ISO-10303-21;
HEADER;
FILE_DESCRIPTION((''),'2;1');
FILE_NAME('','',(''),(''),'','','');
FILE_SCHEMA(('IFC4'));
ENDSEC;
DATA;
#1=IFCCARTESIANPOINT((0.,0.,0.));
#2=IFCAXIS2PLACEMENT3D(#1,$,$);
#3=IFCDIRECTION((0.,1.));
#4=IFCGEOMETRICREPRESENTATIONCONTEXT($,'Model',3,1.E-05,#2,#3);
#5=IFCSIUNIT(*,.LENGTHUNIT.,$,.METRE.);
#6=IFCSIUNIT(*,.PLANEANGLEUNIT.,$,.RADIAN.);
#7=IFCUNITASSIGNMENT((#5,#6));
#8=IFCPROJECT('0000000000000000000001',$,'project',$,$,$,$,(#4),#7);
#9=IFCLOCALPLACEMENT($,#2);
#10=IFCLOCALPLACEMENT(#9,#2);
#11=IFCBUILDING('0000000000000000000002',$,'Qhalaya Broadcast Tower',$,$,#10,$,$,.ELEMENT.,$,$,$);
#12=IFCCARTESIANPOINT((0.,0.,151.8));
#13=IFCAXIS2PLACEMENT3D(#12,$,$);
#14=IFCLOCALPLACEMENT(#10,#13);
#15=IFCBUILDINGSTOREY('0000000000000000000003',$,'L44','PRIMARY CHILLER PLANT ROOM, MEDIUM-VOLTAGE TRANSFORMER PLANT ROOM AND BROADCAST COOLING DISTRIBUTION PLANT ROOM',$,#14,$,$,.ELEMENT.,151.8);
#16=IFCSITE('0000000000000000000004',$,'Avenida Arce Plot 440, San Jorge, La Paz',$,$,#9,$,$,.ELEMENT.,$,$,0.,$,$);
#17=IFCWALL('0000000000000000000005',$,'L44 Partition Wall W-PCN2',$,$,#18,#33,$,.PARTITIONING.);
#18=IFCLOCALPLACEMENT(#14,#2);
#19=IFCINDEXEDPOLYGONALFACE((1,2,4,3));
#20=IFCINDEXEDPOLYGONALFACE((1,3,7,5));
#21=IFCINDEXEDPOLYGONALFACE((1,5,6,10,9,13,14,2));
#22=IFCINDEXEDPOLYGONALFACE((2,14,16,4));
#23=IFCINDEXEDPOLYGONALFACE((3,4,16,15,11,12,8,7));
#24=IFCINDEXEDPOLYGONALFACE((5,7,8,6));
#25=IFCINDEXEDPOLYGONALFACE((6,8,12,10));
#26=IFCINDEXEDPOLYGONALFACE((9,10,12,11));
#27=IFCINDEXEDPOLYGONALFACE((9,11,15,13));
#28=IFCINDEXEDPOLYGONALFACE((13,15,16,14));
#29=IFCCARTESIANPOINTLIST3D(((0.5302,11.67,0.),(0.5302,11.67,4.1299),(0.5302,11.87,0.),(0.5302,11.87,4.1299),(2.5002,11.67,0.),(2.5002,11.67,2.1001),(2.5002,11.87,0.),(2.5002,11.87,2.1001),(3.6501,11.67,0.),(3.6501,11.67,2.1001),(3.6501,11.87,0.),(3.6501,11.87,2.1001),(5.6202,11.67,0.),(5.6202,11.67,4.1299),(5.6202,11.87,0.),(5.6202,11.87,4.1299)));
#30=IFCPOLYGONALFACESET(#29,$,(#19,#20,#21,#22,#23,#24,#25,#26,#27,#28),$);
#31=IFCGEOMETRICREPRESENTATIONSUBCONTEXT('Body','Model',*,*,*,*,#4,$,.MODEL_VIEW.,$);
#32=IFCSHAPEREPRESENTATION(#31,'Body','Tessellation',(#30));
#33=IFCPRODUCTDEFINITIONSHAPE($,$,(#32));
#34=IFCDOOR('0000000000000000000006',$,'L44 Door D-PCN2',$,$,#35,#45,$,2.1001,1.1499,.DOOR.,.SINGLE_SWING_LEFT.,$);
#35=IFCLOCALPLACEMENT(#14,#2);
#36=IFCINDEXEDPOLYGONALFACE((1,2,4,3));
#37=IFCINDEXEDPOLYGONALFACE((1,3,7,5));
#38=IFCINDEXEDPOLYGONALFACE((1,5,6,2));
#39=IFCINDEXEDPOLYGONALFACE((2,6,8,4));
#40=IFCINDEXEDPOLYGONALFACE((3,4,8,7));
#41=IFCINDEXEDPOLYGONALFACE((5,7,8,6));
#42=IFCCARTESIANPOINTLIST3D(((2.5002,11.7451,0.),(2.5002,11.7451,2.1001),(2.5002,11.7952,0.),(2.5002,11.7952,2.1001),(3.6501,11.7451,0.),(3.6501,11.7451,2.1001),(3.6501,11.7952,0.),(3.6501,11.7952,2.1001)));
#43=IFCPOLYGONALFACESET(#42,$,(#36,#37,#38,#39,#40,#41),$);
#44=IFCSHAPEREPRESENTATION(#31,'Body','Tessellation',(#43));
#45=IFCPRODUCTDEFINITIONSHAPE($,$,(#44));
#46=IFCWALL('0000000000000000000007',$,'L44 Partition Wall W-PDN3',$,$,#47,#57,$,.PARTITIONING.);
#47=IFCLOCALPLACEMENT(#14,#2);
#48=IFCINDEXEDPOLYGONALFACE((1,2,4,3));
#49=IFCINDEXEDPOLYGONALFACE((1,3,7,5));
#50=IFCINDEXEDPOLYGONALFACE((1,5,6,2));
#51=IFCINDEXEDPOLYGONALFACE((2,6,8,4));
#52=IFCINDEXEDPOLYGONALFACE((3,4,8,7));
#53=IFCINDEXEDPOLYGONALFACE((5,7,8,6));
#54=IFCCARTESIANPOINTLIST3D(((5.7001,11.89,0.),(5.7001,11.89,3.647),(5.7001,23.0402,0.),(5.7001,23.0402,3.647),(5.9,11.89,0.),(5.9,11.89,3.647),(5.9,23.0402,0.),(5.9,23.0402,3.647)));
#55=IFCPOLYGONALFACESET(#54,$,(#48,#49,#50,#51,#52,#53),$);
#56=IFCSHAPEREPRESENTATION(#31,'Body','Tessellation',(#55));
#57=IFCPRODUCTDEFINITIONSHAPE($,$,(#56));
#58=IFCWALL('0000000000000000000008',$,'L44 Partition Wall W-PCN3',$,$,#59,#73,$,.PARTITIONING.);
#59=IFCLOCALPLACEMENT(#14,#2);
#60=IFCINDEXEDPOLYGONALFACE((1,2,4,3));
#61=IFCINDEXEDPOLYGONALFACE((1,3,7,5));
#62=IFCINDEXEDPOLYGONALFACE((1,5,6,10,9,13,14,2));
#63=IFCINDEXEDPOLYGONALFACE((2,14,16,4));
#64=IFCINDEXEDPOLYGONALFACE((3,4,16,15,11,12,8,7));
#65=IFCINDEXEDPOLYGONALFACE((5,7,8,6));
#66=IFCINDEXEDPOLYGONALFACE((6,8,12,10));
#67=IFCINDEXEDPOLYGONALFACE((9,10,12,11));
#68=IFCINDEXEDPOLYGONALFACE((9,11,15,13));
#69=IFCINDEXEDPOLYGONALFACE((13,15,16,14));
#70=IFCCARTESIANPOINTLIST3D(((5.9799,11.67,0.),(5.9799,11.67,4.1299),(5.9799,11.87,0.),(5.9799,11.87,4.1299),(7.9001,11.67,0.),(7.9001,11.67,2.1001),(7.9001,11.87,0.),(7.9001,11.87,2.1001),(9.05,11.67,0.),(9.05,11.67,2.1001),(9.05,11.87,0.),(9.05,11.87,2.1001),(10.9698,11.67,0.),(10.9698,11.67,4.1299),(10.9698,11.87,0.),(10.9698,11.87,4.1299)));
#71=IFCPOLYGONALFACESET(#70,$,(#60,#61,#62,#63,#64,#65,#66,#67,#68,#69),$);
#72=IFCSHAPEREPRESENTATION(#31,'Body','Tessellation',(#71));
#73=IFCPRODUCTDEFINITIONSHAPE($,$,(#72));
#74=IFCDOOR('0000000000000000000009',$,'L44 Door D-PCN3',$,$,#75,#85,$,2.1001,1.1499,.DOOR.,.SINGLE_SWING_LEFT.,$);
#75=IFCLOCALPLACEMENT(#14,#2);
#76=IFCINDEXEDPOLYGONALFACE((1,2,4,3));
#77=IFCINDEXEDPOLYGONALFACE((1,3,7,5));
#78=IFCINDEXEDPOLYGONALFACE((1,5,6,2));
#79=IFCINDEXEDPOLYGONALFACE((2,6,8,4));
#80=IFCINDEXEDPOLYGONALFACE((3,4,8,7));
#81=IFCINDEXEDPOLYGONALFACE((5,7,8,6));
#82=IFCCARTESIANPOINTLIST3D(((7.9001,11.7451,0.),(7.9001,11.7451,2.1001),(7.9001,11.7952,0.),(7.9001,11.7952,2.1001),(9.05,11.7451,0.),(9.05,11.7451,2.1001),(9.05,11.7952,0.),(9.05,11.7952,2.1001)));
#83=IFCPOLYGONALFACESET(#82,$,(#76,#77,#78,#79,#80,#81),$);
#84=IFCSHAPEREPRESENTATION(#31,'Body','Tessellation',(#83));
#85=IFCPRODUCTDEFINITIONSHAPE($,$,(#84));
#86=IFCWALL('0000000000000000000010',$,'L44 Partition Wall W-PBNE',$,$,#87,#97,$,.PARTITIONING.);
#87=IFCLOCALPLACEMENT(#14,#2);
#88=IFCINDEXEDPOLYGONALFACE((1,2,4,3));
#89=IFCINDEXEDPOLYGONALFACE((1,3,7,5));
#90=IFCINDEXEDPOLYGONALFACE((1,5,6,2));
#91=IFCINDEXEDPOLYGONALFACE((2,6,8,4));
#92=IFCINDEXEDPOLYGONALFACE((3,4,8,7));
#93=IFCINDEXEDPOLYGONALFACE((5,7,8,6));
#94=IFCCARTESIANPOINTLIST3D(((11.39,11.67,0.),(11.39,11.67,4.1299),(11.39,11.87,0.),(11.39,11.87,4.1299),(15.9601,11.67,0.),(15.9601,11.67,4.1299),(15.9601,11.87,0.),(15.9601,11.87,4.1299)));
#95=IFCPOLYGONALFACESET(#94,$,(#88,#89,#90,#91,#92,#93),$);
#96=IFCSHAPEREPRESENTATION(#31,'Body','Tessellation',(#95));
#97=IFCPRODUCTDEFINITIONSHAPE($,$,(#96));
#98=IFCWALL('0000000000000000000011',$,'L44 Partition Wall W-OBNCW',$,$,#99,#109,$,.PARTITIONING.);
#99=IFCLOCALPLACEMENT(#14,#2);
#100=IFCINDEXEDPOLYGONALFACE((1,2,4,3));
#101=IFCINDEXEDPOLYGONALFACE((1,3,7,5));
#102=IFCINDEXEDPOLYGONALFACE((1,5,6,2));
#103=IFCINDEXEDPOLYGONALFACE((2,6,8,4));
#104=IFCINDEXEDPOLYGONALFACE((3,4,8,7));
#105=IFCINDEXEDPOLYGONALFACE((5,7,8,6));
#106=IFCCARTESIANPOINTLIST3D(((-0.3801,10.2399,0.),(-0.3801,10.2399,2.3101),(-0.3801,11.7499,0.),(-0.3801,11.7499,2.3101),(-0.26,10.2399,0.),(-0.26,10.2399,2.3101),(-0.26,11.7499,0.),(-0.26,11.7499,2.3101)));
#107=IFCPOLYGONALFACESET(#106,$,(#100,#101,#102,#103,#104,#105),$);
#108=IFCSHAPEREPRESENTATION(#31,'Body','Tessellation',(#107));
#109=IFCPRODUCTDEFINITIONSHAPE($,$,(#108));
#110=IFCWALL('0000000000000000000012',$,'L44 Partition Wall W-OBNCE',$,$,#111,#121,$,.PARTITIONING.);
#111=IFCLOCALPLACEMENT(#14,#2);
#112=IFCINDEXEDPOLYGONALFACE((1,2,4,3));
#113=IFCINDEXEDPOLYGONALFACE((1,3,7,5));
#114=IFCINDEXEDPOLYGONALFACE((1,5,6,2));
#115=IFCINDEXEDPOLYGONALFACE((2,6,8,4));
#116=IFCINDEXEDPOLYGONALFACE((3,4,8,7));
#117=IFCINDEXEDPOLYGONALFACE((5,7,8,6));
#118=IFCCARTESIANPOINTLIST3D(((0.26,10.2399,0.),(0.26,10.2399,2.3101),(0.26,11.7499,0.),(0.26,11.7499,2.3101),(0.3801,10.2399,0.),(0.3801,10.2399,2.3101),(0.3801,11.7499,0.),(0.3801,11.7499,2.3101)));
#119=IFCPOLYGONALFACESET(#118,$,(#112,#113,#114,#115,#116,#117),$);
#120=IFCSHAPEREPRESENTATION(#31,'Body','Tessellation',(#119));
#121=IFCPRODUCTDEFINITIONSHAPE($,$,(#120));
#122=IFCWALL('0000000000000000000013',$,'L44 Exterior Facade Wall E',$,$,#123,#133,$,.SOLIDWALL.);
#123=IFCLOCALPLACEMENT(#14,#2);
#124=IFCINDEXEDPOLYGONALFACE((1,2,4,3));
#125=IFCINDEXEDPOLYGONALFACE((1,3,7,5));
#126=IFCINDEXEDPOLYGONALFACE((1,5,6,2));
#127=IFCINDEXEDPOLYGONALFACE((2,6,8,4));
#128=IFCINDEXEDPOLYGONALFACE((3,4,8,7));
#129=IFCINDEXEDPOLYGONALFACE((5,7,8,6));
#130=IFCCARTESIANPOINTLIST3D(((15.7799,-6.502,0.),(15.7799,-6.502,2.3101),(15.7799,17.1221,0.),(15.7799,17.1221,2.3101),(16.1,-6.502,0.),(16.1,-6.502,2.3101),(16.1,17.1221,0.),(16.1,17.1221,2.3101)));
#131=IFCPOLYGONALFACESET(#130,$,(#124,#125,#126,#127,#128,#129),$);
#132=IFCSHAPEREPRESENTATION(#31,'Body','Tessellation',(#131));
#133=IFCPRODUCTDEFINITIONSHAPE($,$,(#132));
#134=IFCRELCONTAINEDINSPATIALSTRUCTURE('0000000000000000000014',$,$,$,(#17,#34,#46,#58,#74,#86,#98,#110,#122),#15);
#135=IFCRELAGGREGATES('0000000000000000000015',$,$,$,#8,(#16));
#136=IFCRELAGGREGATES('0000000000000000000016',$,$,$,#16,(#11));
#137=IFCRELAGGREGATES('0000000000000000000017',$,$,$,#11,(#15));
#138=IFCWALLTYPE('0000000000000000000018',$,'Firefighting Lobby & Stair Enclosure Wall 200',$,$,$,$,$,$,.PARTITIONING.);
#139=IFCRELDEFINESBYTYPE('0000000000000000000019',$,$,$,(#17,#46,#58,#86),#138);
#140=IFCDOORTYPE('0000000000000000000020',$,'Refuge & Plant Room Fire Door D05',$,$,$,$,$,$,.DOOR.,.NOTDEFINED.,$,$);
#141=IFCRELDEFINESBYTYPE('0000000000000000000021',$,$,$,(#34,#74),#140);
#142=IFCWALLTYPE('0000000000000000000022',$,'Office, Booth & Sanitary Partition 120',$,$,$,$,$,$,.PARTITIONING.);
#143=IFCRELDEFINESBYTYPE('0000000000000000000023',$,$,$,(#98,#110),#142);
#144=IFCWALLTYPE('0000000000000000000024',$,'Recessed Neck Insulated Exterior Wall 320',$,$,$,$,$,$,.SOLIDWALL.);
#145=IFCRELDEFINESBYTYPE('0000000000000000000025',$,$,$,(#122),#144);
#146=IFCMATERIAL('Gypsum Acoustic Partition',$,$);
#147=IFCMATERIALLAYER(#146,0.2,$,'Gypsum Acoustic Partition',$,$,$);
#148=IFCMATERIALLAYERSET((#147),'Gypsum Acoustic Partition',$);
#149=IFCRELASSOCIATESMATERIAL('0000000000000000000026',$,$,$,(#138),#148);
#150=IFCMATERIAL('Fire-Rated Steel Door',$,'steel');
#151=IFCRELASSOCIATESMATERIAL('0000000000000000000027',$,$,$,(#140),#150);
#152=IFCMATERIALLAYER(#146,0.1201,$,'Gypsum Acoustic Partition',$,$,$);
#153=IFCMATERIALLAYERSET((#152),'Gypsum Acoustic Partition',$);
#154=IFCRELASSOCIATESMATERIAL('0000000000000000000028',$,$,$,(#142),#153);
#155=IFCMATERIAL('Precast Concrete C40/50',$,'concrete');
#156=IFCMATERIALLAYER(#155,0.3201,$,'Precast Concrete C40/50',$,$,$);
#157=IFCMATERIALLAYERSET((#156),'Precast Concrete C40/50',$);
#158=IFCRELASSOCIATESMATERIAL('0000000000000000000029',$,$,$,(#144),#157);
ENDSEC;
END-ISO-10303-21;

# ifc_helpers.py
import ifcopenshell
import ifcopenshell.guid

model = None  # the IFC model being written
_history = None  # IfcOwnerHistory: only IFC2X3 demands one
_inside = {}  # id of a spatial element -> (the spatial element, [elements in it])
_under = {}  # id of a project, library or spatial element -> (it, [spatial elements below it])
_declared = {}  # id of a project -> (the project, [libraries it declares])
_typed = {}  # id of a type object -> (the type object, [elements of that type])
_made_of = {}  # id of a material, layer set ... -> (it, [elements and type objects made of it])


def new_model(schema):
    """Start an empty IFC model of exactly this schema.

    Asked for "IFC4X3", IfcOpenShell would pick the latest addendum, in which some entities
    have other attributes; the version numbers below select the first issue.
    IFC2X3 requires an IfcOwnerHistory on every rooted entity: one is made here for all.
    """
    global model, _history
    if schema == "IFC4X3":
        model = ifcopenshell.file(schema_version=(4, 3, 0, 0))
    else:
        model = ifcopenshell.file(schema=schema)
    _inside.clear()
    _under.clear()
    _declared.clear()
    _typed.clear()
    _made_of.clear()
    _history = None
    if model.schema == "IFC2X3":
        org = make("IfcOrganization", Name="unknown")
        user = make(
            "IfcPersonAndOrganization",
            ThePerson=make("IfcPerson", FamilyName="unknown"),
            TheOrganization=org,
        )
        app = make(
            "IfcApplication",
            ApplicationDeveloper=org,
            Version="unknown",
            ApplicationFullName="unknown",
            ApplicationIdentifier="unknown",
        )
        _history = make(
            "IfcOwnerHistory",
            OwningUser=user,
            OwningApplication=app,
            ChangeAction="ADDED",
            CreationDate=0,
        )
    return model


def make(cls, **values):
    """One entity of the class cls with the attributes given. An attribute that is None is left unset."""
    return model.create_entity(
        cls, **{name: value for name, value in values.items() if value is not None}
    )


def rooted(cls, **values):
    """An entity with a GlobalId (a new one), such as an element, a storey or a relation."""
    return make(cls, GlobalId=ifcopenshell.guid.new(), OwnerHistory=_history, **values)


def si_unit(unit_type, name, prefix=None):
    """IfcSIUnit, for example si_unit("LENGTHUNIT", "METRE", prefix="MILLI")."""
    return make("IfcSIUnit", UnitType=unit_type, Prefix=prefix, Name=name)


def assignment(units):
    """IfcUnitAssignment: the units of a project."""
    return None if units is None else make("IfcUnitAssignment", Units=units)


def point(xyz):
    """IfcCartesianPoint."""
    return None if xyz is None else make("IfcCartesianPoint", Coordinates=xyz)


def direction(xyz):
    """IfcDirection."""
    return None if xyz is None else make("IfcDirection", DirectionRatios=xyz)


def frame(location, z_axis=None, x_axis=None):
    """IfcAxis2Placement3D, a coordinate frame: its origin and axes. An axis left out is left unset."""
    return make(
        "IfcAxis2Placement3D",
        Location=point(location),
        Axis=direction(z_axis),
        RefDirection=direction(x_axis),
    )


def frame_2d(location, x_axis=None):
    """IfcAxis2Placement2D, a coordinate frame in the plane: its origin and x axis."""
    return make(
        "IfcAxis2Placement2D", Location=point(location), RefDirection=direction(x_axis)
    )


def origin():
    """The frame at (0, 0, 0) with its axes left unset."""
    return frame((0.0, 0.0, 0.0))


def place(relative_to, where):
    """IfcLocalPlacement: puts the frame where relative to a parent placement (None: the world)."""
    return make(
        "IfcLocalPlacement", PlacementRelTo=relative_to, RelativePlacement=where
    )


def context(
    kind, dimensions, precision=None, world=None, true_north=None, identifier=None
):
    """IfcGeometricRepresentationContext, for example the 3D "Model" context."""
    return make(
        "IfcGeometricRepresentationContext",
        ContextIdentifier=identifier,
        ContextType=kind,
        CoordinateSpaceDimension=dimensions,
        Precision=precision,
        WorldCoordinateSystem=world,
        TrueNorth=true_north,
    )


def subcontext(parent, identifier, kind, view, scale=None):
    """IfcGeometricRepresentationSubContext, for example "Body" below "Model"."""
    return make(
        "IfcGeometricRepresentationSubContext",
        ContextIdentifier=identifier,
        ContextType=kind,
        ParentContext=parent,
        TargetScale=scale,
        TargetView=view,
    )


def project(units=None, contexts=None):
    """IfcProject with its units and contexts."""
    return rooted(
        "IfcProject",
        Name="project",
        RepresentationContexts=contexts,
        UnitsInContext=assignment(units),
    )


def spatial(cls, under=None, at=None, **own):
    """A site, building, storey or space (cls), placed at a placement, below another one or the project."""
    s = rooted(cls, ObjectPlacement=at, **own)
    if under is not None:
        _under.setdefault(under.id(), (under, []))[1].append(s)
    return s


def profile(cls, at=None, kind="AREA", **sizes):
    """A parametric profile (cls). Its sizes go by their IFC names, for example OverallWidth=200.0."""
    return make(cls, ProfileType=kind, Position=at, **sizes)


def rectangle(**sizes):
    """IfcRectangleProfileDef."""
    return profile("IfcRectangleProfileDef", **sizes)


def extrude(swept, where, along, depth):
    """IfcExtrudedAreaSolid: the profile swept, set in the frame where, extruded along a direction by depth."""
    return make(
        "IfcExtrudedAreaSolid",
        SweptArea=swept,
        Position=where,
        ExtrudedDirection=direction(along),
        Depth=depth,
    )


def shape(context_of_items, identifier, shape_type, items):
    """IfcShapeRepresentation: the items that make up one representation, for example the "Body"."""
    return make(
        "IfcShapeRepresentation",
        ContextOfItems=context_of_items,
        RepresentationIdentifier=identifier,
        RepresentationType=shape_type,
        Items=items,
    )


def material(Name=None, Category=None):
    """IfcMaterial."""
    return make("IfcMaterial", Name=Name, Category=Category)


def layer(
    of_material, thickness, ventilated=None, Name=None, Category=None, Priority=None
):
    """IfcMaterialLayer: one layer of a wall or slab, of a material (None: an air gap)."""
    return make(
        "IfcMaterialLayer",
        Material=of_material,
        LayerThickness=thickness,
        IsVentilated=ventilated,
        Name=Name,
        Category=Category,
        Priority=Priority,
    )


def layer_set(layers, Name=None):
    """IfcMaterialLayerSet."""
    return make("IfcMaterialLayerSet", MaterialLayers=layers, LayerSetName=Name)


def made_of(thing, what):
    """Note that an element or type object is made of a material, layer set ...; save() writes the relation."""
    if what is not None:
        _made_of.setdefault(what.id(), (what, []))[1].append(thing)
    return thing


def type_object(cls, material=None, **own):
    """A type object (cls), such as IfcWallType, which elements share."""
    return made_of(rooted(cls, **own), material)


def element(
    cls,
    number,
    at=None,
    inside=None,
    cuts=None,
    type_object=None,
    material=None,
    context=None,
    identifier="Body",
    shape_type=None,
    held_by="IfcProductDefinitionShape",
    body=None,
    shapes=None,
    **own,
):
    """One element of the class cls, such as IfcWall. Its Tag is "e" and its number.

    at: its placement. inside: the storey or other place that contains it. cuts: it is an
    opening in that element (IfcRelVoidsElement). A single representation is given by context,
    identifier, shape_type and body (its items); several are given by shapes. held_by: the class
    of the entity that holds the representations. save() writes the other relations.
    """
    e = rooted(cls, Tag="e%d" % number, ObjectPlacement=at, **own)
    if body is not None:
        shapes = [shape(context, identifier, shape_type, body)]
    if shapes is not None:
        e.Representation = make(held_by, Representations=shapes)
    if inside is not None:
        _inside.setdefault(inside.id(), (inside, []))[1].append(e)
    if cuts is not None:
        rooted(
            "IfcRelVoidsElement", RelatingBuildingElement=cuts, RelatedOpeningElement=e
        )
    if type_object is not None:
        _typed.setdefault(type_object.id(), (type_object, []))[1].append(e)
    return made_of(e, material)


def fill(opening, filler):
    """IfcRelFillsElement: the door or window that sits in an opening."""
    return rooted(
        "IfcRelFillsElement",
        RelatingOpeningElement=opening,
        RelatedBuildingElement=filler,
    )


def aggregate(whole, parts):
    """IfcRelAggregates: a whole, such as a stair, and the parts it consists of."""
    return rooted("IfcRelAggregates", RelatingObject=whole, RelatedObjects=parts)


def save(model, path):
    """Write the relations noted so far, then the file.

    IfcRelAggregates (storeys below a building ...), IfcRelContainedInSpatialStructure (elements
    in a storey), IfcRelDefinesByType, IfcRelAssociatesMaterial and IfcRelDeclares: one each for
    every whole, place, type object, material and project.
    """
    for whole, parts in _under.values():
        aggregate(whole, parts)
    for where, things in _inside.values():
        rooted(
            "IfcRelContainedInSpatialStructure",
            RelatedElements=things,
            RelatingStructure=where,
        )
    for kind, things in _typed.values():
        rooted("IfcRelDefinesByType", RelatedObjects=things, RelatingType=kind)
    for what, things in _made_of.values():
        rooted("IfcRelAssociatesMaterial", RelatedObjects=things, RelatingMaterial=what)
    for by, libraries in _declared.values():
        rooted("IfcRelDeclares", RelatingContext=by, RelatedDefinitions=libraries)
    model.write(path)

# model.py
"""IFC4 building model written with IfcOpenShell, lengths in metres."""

from ifc_helpers import new_model, si_unit, direction, frame, frame_2d, origin, place, context, subcontext, project, spatial, rectangle, extrude, material, layer, layer_set, type_object, element, fill, save


model = new_model("IFC4")

# Units and contexts
model_context = context("Model", 3, precision=1e-05, world=origin(), true_north=direction((0.0, 1.0)))
body_context = subcontext(model_context, "Body", "Model", "MODEL_VIEW")
ifc_project = project(units=[si_unit("LENGTHUNIT", "METRE"), si_unit("PLANEANGLEUNIT", "RADIAN")], contexts=[model_context])

# Site, building, storey
site_placement = place(None, origin())
site = spatial("IfcSite", under=ifc_project, at=site_placement, Name="Avenida Arce Plot 440, San Jorge, La Paz", CompositionType="ELEMENT", RefElevation=0.0)
building_placement = place(site_placement, origin())
building = spatial("IfcBuilding", under=site, at=building_placement, Name="Qhalaya Broadcast Tower", CompositionType="ELEMENT")
storey_placement = place(building_placement, frame((0.0, 0.0, 151.8)))
storey = spatial("IfcBuildingStorey", under=building, at=storey_placement, Name="L44", Description="PRIMARY CHILLER PLANT ROOM, MEDIUM-VOLTAGE TRANSFORMER PLANT ROOM AND BROADCAST COOLING DISTRIBUTION PLANT ROOM", CompositionType="ELEMENT", Elevation=151.8)

# Shared definitions
ifc_material_1 = material(Name="Gypsum Acoustic Partition")
ifc_layer_1 = layer(ifc_material_1, 0.2, Name="Gypsum Acoustic Partition")
ifc_layer_set_1 = layer_set([ifc_layer_1], Name="Gypsum Acoustic Partition")
wall_type_1 = type_object("IfcWallType", Name="Firefighting Lobby & Stair Enclosure Wall 200", PredefinedType="PARTITIONING", material=ifc_layer_set_1)

# Wall, opening, door
wall_1_placement = place(storey_placement, frame((5.6201, 11.77, 0.0), z_axis=(0.0, 0.0, 1.0), x_axis=(-1.0, 0.0, 0.0)))
wall_1 = element("IfcWall", 1, at=wall_1_placement, inside=storey, type_object=wall_type_1, Name="L44 Partition Wall W-PCN2", PredefinedType="PARTITIONING", context=body_context, shape_type="SweptSolid", body=[
    extrude(rectangle(XDim=5.0901, YDim=0.2, at=frame_2d((2.5449, 0.0))), origin(), (0.0, 0.0, 1.0), 4.1299),
])
opening_1_placement = place(wall_1_placement, frame((1.97, 0.0, 0.0)))
opening_1 = element("IfcOpeningElement", 2, at=opening_1_placement, cuts=wall_1, PredefinedType="OPENING", context=body_context, shape_type="SweptSolid", body=[
    extrude(rectangle(XDim=1.1499, YDim=2.1001, at=frame_2d((0.575, 1.05))), frame((0.0, 0.1121, 0.0), z_axis=(0.0, -1.0, 0.0), x_axis=(1.0, 0.0, 0.0)), (0.0, 0.0, 1.0), 0.2239),
])
ifc_material_2 = material(Name="Fire-Rated Steel Door", Category="steel")
door_type = type_object("IfcDoorType", Name="Refuge & Plant Room Fire Door D05", OperationType="NOTDEFINED", PredefinedType="DOOR", material=ifc_material_2)
door_1_placement = place(opening_1_placement, origin())
door_1 = element("IfcDoor", 3, at=door_1_placement, inside=storey, type_object=door_type, Name="L44 Door D-PCN2", OperationType="SINGLE_SWING_LEFT", OverallHeight=2.1001, OverallWidth=1.1499, PredefinedType="DOOR", context=body_context, shape_type="SweptSolid", body=[
    extrude(rectangle(XDim=1.1499, YDim=2.1001, at=frame_2d((0.575, 1.05))), frame((0.0, 0.0249, 0.0), z_axis=(0.0, -1.0, 0.0), x_axis=(1.0, 0.0, 0.0)), (0.0, 0.0, 1.0), 0.05),
])
fill(opening_1, door_1)

# Wall
wall_2_placement = place(storey_placement, frame((5.8, 11.8899, 0.0), z_axis=(0.0, 0.0, 1.0), x_axis=(0.0, 1.0, 0.0)))
element("IfcWall", 4, at=wall_2_placement, inside=storey, type_object=wall_type_1, Name="L44 Partition Wall W-PDN3", PredefinedType="PARTITIONING", context=body_context, shape_type="SweptSolid", body=[
    extrude(rectangle(XDim=11.1501, YDim=0.2, at=frame_2d((5.5752, 0.0))), origin(), (0.0, 0.0, 1.0), 3.647),
])

# Wall, opening, door
wall_3_placement = place(storey_placement, frame((10.97, 11.77, 0.0), z_axis=(0.0, 0.0, 1.0), x_axis=(-1.0, 0.0, 0.0)))
wall_3 = element("IfcWall", 5, at=wall_3_placement, inside=storey, type_object=wall_type_1, Name="L44 Partition Wall W-PCN3", PredefinedType="PARTITIONING", context=body_context, shape_type="SweptSolid", body=[
    extrude(rectangle(XDim=4.99, YDim=0.2, at=frame_2d((2.4951, 0.0))), origin(), (0.0, 0.0, 1.0), 4.1299),
])
opening_2_placement = place(wall_3_placement, frame((1.9199, 0.0, 0.0)))
opening_2 = element("IfcOpeningElement", 6, at=opening_2_placement, cuts=wall_3, PredefinedType="OPENING", context=body_context, shape_type="SweptSolid", body=[
    extrude(rectangle(XDim=1.1499, YDim=2.1001, at=frame_2d((0.575, 1.05))), frame((0.0, 0.1121, 0.0), z_axis=(0.0, -1.0, 0.0), x_axis=(1.0, 0.0, 0.0)), (0.0, 0.0, 1.0), 0.2239),
])
door_2_placement = place(opening_2_placement, origin())
door_2 = element("IfcDoor", 7, at=door_2_placement, inside=storey, type_object=door_type, Name="L44 Door D-PCN3", OperationType="SINGLE_SWING_LEFT", OverallHeight=2.1001, OverallWidth=1.1499, PredefinedType="DOOR", context=body_context, shape_type="SweptSolid", body=[
    extrude(rectangle(XDim=1.1499, YDim=2.1001, at=frame_2d((0.575, 1.05))), frame((0.0, 0.0249, 0.0), z_axis=(0.0, -1.0, 0.0), x_axis=(1.0, 0.0, 0.0)), (0.0, 0.0, 1.0), 0.05),
])
fill(opening_2, door_2)

# Walls
wall_4_placement = place(storey_placement, frame((11.3899, 11.77, 0.0), z_axis=(0.0, 0.0, 1.0), x_axis=(1.0, 0.0, 0.0)))
element("IfcWall", 8, at=wall_4_placement, inside=storey, type_object=wall_type_1, Name="L44 Partition Wall W-PBNE", PredefinedType="PARTITIONING", context=body_context, shape_type="SweptSolid", body=[
    extrude(rectangle(XDim=4.5701, YDim=0.2, at=frame_2d((2.2852, 0.0))), origin(), (0.0, 0.0, 1.0), 4.1299),
])
ifc_layer_2 = layer(ifc_material_1, 0.1201, Name="Gypsum Acoustic Partition")
ifc_layer_set_2 = layer_set([ifc_layer_2], Name="Gypsum Acoustic Partition")
wall_type_2 = type_object("IfcWallType", Name="Office, Booth & Sanitary Partition 120", PredefinedType="PARTITIONING", material=ifc_layer_set_2)
for number, where, z_axis, x_axis, name in (
    (9, (-0.3201, 10.24, 0.0), (0.0, 0.0, 1.0), (0.0, 1.0, 0.0), "L44 Partition Wall W-OBNCW"),
    (10, (0.3201, 10.24, 0.0), (0.0, 0.0, 1.0), (0.0, 1.0, 0.0), "L44 Partition Wall W-OBNCE"),
):
    element("IfcWall", number, at=place(storey_placement, frame(where, z_axis=z_axis, x_axis=x_axis)), inside=storey, type_object=wall_type_2, Name=name, PredefinedType="PARTITIONING", context=body_context, shape_type="SweptSolid", body=[
        extrude(rectangle(XDim=1.51, YDim=0.1201, at=frame_2d((0.7549, 0.0))), origin(), (0.0, 0.0, 1.0), 2.3101),
    ])
ifc_material_3 = material(Name="Precast Concrete C40/50", Category="concrete")
ifc_layer_3 = layer(ifc_material_3, 0.3201, Name="Precast Concrete C40/50")
ifc_layer_set_3 = layer_set([ifc_layer_3], Name="Precast Concrete C40/50")
wall_type_3 = type_object("IfcWallType", Name="Recessed Neck Insulated Exterior Wall 320", PredefinedType="SOLIDWALL", material=ifc_layer_set_3)
wall_5_placement = place(storey_placement, frame((15.9399, 17.1221, 0.0), z_axis=(0.0, 0.0, 1.0), x_axis=(0.0, -1.0, 0.0)))
element("IfcWall", 11, at=wall_5_placement, inside=storey, type_object=wall_type_3, Name="L44 Exterior Facade Wall E", PredefinedType="SOLIDWALL", context=body_context, shape_type="SweptSolid", body=[
    extrude(rectangle(XDim=23.624, YDim=0.3201, at=frame_2d((11.812, 0.0))), origin(), (0.0, 0.0, 1.0), 2.3101),
])

save(model, "model.ifc")
